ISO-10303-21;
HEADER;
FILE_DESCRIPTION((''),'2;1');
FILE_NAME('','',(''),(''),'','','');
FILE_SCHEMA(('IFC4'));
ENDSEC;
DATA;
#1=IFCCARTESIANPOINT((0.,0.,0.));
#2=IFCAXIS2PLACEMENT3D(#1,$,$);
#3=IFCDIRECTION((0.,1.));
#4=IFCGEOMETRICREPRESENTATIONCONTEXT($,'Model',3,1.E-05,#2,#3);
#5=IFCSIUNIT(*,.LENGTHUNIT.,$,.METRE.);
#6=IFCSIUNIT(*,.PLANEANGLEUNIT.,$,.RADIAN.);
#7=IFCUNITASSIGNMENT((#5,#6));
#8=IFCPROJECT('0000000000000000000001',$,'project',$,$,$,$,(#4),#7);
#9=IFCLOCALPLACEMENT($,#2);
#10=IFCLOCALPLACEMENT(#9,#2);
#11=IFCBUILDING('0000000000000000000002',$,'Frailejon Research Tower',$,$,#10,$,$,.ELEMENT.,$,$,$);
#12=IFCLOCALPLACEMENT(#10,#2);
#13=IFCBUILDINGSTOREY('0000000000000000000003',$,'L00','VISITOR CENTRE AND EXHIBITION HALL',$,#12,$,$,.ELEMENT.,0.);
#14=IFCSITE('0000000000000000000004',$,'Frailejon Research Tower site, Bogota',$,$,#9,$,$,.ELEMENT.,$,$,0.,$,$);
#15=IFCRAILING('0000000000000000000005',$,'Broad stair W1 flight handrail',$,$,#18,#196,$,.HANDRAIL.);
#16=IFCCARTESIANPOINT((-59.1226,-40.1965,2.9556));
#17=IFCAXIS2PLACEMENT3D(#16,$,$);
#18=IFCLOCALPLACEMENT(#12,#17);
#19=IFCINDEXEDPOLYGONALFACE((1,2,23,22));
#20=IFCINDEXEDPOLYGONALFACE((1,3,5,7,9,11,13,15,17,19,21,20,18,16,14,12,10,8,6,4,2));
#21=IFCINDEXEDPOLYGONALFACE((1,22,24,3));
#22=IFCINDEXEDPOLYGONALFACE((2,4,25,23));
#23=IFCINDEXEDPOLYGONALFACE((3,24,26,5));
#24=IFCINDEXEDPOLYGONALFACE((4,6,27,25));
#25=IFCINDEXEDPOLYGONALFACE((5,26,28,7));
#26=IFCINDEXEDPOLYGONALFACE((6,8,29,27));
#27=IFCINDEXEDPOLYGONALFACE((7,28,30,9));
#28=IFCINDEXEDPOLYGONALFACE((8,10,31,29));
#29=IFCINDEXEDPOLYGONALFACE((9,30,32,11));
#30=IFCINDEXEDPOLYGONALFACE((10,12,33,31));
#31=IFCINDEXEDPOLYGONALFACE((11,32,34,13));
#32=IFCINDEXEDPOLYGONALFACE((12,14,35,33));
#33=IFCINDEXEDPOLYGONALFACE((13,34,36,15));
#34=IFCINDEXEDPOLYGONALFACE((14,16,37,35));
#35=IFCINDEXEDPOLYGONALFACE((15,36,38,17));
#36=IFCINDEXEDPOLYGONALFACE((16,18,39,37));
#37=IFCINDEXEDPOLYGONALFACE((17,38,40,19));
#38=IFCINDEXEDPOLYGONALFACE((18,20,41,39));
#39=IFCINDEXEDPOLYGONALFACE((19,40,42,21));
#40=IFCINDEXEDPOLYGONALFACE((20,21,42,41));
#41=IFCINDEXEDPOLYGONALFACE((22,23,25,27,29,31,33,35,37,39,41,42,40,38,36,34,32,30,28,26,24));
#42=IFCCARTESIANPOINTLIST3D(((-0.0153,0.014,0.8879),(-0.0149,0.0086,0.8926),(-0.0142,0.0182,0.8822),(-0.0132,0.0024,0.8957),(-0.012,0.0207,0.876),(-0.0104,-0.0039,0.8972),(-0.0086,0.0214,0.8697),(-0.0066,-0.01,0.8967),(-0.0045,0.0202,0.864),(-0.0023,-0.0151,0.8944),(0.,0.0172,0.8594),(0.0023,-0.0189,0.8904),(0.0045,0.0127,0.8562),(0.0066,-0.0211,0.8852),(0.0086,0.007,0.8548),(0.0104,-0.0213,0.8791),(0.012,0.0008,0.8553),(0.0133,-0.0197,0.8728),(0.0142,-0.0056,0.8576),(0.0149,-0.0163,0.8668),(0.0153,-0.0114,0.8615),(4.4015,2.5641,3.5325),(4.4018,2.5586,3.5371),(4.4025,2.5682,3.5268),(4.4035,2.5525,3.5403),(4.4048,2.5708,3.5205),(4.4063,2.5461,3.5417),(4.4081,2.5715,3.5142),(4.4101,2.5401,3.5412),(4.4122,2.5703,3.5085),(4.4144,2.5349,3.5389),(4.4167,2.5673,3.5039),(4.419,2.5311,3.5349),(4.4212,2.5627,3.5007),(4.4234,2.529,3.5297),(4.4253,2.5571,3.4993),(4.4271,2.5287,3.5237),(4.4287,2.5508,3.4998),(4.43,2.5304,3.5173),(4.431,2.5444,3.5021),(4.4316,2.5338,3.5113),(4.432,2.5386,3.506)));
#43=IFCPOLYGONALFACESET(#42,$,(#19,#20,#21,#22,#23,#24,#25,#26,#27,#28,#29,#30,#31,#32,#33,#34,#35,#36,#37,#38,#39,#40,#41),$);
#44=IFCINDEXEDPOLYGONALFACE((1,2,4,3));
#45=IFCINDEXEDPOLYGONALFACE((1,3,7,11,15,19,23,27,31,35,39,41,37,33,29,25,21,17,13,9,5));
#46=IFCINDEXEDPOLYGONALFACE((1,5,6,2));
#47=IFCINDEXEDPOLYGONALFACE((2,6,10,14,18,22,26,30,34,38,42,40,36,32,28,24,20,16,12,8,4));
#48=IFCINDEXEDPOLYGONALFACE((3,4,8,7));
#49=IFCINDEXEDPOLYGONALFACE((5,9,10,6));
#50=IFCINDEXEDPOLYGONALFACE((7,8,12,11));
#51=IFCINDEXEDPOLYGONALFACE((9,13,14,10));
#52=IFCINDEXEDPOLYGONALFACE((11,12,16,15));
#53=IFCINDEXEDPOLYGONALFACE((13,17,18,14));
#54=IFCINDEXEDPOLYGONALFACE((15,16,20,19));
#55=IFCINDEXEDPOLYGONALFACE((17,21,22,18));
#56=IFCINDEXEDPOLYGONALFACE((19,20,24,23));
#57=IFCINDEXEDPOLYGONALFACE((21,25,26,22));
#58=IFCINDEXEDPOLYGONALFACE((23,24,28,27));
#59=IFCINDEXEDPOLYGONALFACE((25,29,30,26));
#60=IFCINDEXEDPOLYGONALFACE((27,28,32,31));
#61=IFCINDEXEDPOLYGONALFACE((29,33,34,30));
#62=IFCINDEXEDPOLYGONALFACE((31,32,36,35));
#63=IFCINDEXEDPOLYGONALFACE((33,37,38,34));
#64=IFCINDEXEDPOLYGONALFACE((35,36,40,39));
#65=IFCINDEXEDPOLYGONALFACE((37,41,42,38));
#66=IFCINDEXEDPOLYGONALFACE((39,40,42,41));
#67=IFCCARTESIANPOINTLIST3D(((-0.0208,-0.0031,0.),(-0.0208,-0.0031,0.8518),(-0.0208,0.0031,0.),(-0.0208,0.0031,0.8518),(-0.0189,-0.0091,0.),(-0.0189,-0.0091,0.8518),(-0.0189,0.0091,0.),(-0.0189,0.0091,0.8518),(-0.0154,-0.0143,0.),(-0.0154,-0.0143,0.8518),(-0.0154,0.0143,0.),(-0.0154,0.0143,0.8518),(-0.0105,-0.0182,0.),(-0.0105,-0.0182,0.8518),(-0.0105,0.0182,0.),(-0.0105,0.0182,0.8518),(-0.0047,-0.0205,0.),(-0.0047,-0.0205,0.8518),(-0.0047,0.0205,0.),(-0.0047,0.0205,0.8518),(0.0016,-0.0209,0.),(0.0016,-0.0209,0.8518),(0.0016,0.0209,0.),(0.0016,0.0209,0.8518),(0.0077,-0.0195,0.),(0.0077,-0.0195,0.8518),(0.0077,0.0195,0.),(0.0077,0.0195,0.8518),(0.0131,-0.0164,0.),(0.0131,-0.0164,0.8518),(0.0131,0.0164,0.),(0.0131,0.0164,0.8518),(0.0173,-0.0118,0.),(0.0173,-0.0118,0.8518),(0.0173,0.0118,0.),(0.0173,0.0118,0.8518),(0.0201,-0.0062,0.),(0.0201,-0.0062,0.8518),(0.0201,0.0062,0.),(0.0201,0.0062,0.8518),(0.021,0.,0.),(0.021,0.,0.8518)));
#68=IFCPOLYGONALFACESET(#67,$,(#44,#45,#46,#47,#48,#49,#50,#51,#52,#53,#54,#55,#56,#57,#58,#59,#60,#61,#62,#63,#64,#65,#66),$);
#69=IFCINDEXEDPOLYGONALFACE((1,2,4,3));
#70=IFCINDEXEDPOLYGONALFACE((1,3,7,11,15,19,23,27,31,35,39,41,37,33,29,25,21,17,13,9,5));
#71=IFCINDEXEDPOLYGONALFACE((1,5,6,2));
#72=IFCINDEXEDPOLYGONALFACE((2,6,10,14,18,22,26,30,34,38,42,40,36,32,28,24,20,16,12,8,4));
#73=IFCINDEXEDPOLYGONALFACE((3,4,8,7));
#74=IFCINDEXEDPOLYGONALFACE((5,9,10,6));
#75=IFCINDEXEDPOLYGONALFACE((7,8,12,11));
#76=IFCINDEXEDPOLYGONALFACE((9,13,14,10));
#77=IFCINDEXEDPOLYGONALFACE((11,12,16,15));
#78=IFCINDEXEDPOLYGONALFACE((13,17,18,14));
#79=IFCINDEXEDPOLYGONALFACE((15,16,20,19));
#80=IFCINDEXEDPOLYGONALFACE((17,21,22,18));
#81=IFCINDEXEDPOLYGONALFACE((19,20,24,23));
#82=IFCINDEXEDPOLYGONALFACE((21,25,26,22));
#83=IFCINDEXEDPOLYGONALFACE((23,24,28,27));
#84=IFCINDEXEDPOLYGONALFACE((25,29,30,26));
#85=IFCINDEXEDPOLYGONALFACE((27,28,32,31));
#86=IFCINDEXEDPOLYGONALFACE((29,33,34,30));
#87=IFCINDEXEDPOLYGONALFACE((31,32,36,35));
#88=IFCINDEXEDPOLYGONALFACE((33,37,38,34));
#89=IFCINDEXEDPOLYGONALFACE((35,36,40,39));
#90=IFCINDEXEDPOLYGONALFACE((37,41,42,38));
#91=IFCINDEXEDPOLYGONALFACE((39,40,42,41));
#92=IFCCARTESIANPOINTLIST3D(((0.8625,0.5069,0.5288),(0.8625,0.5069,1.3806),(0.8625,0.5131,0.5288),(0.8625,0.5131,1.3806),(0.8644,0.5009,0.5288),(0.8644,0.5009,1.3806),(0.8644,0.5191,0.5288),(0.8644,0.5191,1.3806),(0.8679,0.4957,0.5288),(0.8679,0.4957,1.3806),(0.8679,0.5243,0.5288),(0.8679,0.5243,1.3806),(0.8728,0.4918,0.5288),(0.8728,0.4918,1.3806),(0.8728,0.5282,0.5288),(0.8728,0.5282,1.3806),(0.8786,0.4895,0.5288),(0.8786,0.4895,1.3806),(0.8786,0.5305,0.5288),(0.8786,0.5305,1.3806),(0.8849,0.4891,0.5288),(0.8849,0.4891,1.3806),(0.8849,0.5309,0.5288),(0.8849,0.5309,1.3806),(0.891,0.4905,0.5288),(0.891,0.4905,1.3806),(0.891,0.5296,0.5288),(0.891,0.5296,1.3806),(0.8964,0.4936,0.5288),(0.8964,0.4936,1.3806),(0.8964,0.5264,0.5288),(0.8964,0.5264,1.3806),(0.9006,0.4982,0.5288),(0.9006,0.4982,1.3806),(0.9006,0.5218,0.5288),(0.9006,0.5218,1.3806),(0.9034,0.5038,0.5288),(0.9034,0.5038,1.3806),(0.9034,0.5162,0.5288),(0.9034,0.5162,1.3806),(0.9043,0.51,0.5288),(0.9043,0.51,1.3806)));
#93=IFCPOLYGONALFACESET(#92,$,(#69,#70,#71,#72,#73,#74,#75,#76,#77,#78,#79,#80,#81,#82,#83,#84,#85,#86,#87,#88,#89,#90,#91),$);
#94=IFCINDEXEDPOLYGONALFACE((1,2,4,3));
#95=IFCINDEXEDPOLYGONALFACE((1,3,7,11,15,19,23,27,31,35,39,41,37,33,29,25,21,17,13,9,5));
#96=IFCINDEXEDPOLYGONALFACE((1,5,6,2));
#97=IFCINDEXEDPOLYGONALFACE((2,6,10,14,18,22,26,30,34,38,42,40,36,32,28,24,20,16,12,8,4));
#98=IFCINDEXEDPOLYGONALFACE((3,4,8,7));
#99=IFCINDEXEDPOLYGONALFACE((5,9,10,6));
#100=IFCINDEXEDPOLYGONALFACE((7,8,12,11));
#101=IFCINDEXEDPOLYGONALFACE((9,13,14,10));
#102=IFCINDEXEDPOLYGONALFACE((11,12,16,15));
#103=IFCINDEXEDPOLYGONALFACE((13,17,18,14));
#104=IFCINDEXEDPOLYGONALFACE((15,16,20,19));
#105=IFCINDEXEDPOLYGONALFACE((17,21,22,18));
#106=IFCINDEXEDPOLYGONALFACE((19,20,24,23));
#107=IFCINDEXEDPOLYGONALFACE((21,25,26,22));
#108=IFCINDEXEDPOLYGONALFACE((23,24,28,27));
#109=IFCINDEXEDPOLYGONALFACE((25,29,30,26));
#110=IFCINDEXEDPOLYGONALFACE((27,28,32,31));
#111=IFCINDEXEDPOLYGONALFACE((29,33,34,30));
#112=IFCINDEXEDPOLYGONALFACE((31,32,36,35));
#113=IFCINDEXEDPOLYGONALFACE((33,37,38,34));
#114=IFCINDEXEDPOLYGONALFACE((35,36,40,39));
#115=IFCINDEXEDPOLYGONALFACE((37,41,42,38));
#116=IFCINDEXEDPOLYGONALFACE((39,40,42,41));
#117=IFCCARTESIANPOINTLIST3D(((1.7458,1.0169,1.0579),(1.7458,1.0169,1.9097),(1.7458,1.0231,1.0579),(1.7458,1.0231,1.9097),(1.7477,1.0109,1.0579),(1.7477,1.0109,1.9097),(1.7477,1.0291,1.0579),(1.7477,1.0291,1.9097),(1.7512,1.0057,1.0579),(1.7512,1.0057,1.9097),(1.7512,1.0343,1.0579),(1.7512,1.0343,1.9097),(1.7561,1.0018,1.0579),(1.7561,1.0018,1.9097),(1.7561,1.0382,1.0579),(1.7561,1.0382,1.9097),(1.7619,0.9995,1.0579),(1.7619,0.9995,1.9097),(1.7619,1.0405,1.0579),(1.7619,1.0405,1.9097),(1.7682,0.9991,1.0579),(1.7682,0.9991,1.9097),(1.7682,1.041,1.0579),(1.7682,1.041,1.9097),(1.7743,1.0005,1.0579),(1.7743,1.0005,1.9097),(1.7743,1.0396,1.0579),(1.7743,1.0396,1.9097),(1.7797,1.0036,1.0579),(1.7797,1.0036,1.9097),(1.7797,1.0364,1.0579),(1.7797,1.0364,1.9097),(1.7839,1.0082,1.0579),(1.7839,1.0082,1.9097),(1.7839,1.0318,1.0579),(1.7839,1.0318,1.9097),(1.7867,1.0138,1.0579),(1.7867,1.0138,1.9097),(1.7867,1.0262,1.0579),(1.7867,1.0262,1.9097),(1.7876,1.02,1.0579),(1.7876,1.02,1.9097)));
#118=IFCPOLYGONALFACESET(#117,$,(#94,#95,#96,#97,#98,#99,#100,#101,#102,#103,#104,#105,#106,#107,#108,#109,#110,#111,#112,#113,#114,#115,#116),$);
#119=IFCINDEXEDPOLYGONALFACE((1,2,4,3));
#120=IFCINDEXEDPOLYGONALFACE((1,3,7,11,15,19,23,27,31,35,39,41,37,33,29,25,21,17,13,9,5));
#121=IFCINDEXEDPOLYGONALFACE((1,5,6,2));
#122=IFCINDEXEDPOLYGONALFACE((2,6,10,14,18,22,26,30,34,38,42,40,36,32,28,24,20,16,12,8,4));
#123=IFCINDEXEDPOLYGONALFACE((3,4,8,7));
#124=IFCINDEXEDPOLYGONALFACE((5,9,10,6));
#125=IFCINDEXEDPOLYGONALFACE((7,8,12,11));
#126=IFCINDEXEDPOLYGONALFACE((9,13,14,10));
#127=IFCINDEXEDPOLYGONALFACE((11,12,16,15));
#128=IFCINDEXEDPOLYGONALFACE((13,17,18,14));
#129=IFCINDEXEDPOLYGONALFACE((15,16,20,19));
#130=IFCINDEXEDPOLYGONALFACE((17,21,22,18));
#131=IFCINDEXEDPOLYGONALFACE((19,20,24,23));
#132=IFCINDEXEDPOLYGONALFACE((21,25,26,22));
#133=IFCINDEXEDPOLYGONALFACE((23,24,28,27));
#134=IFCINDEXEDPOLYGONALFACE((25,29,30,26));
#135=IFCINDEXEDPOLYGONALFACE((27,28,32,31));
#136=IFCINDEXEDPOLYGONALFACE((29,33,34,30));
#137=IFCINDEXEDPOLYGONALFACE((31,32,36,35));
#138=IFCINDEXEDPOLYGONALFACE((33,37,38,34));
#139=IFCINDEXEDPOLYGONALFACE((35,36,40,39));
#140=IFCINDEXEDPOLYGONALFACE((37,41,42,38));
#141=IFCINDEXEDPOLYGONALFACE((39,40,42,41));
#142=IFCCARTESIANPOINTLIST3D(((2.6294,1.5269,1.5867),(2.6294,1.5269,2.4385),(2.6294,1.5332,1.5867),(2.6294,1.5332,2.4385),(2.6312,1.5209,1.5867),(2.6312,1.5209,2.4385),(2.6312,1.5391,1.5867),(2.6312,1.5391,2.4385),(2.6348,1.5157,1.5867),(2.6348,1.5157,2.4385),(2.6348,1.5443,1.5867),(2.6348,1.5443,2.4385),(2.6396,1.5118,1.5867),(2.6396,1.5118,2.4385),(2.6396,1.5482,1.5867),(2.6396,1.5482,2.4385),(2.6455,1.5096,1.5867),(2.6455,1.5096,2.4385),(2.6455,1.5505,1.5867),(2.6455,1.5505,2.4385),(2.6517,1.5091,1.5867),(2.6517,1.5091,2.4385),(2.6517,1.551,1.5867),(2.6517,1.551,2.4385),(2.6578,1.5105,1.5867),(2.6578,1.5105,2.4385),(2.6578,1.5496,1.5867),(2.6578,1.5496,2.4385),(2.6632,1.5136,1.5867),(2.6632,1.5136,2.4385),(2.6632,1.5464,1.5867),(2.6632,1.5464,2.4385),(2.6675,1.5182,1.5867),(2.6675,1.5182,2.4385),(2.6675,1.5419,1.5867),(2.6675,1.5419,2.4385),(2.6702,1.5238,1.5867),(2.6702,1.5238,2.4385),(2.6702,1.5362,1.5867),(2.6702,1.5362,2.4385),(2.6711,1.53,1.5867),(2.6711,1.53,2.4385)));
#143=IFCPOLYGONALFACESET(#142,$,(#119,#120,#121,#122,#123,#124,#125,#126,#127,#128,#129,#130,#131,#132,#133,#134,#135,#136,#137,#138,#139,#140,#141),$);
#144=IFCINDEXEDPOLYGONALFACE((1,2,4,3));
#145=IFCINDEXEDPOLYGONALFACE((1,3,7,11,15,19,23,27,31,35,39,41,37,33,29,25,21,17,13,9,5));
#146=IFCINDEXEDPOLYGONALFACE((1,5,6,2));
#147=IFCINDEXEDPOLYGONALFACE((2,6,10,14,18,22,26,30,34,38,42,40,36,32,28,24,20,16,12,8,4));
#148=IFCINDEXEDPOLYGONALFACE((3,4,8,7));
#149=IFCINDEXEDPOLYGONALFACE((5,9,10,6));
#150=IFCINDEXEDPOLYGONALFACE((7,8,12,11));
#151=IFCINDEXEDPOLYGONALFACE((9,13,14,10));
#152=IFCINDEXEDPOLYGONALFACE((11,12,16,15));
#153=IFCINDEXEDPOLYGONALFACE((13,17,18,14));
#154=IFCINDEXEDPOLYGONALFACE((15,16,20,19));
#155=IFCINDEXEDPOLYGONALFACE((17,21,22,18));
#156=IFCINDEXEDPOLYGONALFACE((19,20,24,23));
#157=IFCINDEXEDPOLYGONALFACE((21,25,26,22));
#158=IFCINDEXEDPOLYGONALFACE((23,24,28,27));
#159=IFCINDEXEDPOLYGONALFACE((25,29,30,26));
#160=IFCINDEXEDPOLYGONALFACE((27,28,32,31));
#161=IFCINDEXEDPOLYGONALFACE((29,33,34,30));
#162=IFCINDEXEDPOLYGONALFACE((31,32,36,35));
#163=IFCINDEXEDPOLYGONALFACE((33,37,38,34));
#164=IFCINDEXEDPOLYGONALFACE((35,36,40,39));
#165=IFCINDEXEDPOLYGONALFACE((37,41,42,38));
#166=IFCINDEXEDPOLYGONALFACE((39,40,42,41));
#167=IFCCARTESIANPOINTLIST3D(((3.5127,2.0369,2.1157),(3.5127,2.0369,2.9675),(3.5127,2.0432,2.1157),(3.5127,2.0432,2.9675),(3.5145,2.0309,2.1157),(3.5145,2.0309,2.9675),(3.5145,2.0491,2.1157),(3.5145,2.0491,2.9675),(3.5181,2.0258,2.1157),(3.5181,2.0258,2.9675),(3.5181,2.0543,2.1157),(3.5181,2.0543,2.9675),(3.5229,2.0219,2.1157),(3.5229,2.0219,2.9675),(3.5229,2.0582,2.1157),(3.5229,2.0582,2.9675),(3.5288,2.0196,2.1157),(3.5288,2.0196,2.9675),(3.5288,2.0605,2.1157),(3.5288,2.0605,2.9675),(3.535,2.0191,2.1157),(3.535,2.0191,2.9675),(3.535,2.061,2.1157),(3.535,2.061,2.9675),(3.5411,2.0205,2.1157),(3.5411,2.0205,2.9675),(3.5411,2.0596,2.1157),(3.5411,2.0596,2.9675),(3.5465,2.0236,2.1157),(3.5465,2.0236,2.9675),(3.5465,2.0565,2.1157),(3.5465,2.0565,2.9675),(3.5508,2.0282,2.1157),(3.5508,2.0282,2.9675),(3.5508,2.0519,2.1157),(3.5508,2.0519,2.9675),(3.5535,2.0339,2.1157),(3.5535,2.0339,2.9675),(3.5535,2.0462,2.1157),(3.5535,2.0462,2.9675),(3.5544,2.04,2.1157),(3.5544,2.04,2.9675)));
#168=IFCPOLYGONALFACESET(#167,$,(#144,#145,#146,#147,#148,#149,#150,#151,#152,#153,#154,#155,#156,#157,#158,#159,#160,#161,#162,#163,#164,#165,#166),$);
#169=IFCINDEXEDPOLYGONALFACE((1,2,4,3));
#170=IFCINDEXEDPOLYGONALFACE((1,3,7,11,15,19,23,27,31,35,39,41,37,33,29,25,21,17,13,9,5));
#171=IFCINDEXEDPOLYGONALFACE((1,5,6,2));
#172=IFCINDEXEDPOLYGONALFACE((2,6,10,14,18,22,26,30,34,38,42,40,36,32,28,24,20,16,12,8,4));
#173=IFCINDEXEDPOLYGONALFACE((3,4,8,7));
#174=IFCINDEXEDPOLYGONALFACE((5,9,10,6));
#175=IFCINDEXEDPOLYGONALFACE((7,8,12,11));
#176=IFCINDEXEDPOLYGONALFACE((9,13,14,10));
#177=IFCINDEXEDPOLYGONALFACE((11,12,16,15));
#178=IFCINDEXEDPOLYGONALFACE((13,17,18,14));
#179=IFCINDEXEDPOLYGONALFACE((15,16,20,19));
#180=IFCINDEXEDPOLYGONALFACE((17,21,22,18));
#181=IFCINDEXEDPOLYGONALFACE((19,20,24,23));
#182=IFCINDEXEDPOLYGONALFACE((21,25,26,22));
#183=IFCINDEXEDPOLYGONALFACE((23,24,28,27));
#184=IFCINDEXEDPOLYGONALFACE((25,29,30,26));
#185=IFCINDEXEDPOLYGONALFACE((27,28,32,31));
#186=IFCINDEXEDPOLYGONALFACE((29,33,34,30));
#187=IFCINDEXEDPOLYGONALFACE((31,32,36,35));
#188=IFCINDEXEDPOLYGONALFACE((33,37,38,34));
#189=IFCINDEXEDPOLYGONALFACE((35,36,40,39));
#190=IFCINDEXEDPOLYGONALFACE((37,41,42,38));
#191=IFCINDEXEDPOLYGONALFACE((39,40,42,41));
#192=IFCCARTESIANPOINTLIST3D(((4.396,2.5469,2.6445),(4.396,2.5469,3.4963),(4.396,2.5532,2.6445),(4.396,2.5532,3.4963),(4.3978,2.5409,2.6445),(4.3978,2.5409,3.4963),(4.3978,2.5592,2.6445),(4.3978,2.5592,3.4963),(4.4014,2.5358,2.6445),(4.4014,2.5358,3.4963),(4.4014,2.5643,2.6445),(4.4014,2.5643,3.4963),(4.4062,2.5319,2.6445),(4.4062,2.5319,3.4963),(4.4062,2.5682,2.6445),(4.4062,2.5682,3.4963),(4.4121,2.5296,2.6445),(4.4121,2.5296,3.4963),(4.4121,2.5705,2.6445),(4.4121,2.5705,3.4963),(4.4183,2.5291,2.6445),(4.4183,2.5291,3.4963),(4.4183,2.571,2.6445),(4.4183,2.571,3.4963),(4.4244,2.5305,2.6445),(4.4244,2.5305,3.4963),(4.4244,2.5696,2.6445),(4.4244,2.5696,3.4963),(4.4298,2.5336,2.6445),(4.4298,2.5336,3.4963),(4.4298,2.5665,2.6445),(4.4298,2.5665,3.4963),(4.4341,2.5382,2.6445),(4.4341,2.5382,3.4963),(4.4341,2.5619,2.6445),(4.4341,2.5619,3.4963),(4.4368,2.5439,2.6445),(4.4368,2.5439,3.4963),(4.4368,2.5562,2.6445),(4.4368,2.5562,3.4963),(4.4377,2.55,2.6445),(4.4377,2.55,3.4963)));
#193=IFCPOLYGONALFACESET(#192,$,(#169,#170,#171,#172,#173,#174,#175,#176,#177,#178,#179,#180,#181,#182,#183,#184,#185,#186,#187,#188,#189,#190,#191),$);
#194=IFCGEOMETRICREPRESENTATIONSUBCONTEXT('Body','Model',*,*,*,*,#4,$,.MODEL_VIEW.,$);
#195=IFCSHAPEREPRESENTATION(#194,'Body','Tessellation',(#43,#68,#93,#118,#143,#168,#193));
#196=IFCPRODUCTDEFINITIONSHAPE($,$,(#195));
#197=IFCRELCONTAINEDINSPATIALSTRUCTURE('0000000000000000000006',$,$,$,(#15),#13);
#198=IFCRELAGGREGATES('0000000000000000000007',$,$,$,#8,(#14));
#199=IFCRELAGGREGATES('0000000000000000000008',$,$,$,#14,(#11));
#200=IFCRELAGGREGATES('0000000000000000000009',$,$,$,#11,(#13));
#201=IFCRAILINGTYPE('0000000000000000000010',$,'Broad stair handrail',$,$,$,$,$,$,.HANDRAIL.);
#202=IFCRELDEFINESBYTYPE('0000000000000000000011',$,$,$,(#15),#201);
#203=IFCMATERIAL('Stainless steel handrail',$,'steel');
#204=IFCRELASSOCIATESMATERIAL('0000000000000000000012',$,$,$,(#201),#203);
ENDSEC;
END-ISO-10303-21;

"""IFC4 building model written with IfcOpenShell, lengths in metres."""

from ifc_helpers import new_model, si_unit, direction, frame, origin, origin_2d, place, context, subcontext, project, spatial, circle, extrude, material, type_object, element, save


model = new_model("IFC4")

# Units and contexts
model_context = context("Model", 3, precision=1e-05, world=origin(), true_north=direction((0.0, 1.0)))
body_context = subcontext(model_context, "Body", "Model", "MODEL_VIEW")
ifc_project = project(units=[si_unit("LENGTHUNIT", "METRE"), si_unit("PLANEANGLEUNIT", "RADIAN")], contexts=[model_context])

# Site, building, storey
site_placement = place(None, origin())
site = spatial("IfcSite", under=ifc_project, at=site_placement, Name="Frailejon Research Tower site, Bogota", CompositionType="ELEMENT", RefElevation=0.0)
building_placement = place(site_placement, origin())
building = spatial("IfcBuilding", under=site, at=building_placement, Name="Frailejon Research Tower", CompositionType="ELEMENT")
storey_placement = place(building_placement, origin())
storey = spatial("IfcBuildingStorey", under=building, at=storey_placement, Name="L00", Description="VISITOR CENTRE AND EXHIBITION HALL", CompositionType="ELEMENT", Elevation=0.0)

# Railing
ifc_material_1 = material(Name="Stainless steel handrail", Category="steel")
railing_type_1 = type_object("IfcRailingType", Name="Broad stair handrail", PredefinedType="HANDRAIL", material=ifc_material_1)
for number, where, name in (
    (1, (-59.1226, -40.1965, 2.9556), "Broad stair W1 flight handrail"),
):
    element("IfcRailing", number, at=place(storey_placement, frame(where)), inside=storey, type_object=railing_type_1, Name=name, PredefinedType="HANDRAIL", context=body_context, shape_type="SweptSolid", body=[
        extrude(circle(Radius=0.0239, at=origin_2d()), frame((0.0, 0.0, 0.876), z_axis=(0.768811, 0.44388, 0.460326), x_axis=(-0.500006, 0.866022, 0.0)), (0.0, 0.0, 1.0), 5.7449),
        extrude(circle(Radius=0.021, at=origin_2d()), origin(), (0.0, 0.0, 1.0), 0.8518),
        extrude(circle(Radius=0.021, at=origin_2d()), frame((0.8833, 0.51, 0.5288)), (0.0, 0.0, 1.0), 0.8518),
        extrude(circle(Radius=0.021, at=origin_2d()), frame((1.7666, 1.02, 1.0579)), (0.0, 0.0, 1.0), 0.8518),
        extrude(circle(Radius=0.021, at=origin_2d()), frame((2.6501, 1.53, 1.5867)), (0.0, 0.0, 1.0), 0.8518),
        extrude(circle(Radius=0.021, at=origin_2d()), frame((3.5334, 2.04, 2.1157)), (0.0, 0.0, 1.0), 0.8518),
        extrude(circle(Radius=0.021, at=origin_2d()), frame((4.4167, 2.55, 2.6445)), (0.0, 0.0, 1.0), 0.8518),
    ])

save(model, "model.ifc")
